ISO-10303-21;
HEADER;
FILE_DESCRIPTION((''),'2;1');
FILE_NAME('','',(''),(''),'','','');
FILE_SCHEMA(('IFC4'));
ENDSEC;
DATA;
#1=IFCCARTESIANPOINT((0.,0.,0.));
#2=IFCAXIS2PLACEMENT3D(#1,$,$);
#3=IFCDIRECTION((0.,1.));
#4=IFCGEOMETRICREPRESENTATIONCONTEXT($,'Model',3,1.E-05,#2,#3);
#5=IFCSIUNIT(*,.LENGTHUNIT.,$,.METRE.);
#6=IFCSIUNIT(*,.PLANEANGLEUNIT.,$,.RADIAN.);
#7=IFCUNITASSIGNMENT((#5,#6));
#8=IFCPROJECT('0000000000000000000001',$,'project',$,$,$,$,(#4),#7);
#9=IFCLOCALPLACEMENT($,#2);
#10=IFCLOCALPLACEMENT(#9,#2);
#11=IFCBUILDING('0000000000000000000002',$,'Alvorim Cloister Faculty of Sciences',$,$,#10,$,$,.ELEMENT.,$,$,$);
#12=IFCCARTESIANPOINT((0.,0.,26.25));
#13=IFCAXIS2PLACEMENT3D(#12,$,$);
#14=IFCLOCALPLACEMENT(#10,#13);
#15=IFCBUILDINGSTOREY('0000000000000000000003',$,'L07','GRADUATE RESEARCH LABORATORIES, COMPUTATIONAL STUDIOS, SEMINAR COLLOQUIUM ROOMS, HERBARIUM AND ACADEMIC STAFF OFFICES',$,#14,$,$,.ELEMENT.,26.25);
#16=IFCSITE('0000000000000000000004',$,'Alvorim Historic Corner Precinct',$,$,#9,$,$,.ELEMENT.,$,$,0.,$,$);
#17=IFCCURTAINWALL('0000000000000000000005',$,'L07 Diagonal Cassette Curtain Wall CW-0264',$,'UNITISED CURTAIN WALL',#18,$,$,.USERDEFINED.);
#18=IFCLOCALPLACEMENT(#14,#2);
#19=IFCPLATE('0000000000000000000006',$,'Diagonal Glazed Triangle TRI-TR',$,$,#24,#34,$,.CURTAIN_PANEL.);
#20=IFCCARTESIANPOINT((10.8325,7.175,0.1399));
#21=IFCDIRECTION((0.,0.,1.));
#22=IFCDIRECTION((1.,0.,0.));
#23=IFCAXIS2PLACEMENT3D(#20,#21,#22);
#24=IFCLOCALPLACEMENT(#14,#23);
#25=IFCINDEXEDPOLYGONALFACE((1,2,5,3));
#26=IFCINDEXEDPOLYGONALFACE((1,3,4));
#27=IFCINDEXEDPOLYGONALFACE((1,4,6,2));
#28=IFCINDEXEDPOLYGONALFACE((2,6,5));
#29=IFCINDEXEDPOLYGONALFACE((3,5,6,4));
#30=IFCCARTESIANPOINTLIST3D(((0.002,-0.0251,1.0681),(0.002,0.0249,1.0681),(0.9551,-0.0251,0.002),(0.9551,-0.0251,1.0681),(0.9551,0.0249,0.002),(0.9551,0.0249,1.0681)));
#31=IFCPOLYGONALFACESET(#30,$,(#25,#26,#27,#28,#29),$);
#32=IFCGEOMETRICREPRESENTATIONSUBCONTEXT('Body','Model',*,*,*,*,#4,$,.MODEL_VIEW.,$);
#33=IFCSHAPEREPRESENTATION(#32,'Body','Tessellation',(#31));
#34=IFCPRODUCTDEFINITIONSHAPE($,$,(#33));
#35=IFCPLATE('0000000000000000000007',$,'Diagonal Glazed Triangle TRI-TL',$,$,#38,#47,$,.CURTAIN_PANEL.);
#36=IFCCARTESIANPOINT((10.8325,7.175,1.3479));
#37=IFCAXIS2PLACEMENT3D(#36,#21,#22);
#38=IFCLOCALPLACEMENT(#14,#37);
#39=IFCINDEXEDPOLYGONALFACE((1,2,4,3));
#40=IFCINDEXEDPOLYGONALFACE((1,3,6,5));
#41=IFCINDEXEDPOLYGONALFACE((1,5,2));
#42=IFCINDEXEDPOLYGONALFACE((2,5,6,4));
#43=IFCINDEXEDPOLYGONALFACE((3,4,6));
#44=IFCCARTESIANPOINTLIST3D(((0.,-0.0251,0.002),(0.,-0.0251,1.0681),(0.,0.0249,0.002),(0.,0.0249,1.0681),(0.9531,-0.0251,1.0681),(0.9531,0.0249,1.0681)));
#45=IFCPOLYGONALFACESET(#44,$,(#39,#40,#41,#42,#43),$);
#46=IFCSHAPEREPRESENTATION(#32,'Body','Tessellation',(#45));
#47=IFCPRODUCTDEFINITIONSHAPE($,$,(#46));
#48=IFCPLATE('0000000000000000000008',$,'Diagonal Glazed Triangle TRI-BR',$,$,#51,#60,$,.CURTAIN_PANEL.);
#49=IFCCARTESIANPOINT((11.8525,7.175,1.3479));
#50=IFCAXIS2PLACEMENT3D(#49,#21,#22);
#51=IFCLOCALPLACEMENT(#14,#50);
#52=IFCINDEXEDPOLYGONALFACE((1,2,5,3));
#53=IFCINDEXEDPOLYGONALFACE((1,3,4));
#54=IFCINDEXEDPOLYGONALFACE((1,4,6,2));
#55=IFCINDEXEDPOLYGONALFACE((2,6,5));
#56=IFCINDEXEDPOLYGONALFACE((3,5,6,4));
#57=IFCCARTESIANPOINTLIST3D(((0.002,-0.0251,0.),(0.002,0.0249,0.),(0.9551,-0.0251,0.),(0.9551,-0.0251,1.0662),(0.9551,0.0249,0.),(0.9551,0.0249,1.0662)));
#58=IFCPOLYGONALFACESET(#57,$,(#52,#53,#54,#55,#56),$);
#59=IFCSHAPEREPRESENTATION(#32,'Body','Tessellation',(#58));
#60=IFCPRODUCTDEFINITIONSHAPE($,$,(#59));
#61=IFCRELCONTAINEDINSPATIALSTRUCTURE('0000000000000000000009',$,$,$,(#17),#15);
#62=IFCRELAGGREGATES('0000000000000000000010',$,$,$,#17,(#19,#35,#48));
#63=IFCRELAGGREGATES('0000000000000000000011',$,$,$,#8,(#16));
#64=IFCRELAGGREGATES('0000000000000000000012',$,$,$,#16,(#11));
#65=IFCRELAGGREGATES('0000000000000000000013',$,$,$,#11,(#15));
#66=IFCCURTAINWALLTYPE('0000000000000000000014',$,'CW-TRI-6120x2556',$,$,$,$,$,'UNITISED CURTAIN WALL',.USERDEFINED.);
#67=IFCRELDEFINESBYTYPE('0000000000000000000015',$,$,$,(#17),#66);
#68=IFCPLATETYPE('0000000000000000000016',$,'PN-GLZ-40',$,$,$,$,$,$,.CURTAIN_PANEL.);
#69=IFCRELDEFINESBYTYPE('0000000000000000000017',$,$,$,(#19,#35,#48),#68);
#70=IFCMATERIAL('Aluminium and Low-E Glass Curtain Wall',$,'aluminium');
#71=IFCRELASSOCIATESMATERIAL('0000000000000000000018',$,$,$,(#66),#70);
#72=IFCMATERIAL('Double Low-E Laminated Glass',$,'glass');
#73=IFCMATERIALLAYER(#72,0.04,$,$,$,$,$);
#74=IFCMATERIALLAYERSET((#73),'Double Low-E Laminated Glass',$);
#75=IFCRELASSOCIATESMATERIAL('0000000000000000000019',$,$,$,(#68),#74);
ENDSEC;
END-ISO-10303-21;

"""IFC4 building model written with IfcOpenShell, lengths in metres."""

from ifc_helpers import new_model, si_unit, direction, frame, origin, place, context, subcontext, project, spatial, polyline, outline, extrude, material, layer, layer_set, type_object, element, aggregate, save


model = new_model("IFC4")

# Units and contexts
model_context = context("Model", 3, precision=1e-05, world=origin(), true_north=direction((0.0, 1.0)))
body_context = subcontext(model_context, "Body", "Model", "MODEL_VIEW")
ifc_project = project(units=[si_unit("LENGTHUNIT", "METRE"), si_unit("PLANEANGLEUNIT", "RADIAN")], contexts=[model_context])

# Site, building, storey
site_placement = place(None, origin())
site = spatial("IfcSite", under=ifc_project, at=site_placement, Name="Alvorim Historic Corner Precinct", CompositionType="ELEMENT", RefElevation=0.0)
building_placement = place(site_placement, origin())
building = spatial("IfcBuilding", under=site, at=building_placement, Name="Alvorim Cloister Faculty of Sciences", CompositionType="ELEMENT")
storey_placement = place(building_placement, frame((0.0, 0.0, 26.25)))
storey = spatial("IfcBuildingStorey", under=building, at=storey_placement, Name="L07", Description="GRADUATE RESEARCH LABORATORIES, COMPUTATIONAL STUDIOS, SEMINAR COLLOQUIUM ROOMS, HERBARIUM AND ACADEMIC STAFF OFFICES", CompositionType="ELEMENT", Elevation=26.25)

# Curtain wall, plates
ifc_material_1 = material(Name="Aluminium and Low-E Glass Curtain Wall", Category="aluminium")
curtain_wall_type = type_object("IfcCurtainWallType", Name="CW-TRI-6120x2556", ElementType="UNITISED CURTAIN WALL", PredefinedType="USERDEFINED", material=ifc_material_1)
curtain_wall_placement = place(storey_placement, origin())
curtain_wall = element("IfcCurtainWall", 1, at=curtain_wall_placement, inside=storey, type_object=curtain_wall_type, Name="L07 Diagonal Cassette Curtain Wall CW-0264", ObjectType="UNITISED CURTAIN WALL", PredefinedType="USERDEFINED")
ifc_material_2 = material(Name="Double Low-E Laminated Glass", Category="glass")
ifc_layer_1 = layer(ifc_material_2, 0.04)
ifc_layer_set_1 = layer_set([ifc_layer_1], Name="Double Low-E Laminated Glass")
plate_type = type_object("IfcPlateType", Name="PN-GLZ-40", PredefinedType="CURTAIN_PANEL", material=ifc_layer_set_1)
plate_1_placement = place(storey_placement, frame((10.8325, 7.175, 0.1399), z_axis=(0.0, 0.0, 1.0), x_axis=(1.0, 0.0, 0.0)))
plate_1 = element("IfcPlate", 2, at=plate_1_placement, type_object=plate_type, Name="Diagonal Glazed Triangle TRI-TR", PredefinedType="CURTAIN_PANEL", context=body_context, shape_type="SweptSolid", body=[
    extrude(outline(polyline([(0.9551, 0.002), (0.9551, 1.0681), (0.002, 1.0681), (0.9551, 0.002)])), frame((0.0, 0.0249, 0.0), z_axis=(0.0, -1.0, 0.0), x_axis=(1.0, 0.0, 0.0)), (0.0, 0.0, 1.0), 0.05),
])
plate_2_placement = place(storey_placement, frame((10.8325, 7.175, 1.3479), z_axis=(0.0, 0.0, 1.0), x_axis=(1.0, 0.0, 0.0)))
plate_2 = element("IfcPlate", 3, at=plate_2_placement, type_object=plate_type, Name="Diagonal Glazed Triangle TRI-TL", PredefinedType="CURTAIN_PANEL", context=body_context, shape_type="SweptSolid", body=[
    extrude(outline(polyline([(0.9531, 1.0681), (0.0, 1.0681), (0.0, 0.002), (0.9531, 1.0681)])), frame((0.0, 0.0249, 0.0), z_axis=(0.0, -1.0, 0.0), x_axis=(1.0, 0.0, 0.0)), (0.0, 0.0, 1.0), 0.05),
])
plate_3_placement = place(storey_placement, frame((11.8525, 7.175, 1.3479), z_axis=(0.0, 0.0, 1.0), x_axis=(1.0, 0.0, 0.0)))
plate_3 = element("IfcPlate", 4, at=plate_3_placement, type_object=plate_type, Name="Diagonal Glazed Triangle TRI-BR", PredefinedType="CURTAIN_PANEL", context=body_context, shape_type="SweptSolid", body=[
    extrude(outline(polyline([(0.002, 0.0), (0.9551, 0.0), (0.9551, 1.0662), (0.002, 0.0)])), frame((0.0, 0.0249, 0.0), z_axis=(0.0, -1.0, 0.0), x_axis=(1.0, 0.0, 0.0)), (0.0, 0.0, 1.0), 0.05),
])
aggregate(curtain_wall, [plate_1, plate_2, plate_3])

save(model, "model.ifc")
